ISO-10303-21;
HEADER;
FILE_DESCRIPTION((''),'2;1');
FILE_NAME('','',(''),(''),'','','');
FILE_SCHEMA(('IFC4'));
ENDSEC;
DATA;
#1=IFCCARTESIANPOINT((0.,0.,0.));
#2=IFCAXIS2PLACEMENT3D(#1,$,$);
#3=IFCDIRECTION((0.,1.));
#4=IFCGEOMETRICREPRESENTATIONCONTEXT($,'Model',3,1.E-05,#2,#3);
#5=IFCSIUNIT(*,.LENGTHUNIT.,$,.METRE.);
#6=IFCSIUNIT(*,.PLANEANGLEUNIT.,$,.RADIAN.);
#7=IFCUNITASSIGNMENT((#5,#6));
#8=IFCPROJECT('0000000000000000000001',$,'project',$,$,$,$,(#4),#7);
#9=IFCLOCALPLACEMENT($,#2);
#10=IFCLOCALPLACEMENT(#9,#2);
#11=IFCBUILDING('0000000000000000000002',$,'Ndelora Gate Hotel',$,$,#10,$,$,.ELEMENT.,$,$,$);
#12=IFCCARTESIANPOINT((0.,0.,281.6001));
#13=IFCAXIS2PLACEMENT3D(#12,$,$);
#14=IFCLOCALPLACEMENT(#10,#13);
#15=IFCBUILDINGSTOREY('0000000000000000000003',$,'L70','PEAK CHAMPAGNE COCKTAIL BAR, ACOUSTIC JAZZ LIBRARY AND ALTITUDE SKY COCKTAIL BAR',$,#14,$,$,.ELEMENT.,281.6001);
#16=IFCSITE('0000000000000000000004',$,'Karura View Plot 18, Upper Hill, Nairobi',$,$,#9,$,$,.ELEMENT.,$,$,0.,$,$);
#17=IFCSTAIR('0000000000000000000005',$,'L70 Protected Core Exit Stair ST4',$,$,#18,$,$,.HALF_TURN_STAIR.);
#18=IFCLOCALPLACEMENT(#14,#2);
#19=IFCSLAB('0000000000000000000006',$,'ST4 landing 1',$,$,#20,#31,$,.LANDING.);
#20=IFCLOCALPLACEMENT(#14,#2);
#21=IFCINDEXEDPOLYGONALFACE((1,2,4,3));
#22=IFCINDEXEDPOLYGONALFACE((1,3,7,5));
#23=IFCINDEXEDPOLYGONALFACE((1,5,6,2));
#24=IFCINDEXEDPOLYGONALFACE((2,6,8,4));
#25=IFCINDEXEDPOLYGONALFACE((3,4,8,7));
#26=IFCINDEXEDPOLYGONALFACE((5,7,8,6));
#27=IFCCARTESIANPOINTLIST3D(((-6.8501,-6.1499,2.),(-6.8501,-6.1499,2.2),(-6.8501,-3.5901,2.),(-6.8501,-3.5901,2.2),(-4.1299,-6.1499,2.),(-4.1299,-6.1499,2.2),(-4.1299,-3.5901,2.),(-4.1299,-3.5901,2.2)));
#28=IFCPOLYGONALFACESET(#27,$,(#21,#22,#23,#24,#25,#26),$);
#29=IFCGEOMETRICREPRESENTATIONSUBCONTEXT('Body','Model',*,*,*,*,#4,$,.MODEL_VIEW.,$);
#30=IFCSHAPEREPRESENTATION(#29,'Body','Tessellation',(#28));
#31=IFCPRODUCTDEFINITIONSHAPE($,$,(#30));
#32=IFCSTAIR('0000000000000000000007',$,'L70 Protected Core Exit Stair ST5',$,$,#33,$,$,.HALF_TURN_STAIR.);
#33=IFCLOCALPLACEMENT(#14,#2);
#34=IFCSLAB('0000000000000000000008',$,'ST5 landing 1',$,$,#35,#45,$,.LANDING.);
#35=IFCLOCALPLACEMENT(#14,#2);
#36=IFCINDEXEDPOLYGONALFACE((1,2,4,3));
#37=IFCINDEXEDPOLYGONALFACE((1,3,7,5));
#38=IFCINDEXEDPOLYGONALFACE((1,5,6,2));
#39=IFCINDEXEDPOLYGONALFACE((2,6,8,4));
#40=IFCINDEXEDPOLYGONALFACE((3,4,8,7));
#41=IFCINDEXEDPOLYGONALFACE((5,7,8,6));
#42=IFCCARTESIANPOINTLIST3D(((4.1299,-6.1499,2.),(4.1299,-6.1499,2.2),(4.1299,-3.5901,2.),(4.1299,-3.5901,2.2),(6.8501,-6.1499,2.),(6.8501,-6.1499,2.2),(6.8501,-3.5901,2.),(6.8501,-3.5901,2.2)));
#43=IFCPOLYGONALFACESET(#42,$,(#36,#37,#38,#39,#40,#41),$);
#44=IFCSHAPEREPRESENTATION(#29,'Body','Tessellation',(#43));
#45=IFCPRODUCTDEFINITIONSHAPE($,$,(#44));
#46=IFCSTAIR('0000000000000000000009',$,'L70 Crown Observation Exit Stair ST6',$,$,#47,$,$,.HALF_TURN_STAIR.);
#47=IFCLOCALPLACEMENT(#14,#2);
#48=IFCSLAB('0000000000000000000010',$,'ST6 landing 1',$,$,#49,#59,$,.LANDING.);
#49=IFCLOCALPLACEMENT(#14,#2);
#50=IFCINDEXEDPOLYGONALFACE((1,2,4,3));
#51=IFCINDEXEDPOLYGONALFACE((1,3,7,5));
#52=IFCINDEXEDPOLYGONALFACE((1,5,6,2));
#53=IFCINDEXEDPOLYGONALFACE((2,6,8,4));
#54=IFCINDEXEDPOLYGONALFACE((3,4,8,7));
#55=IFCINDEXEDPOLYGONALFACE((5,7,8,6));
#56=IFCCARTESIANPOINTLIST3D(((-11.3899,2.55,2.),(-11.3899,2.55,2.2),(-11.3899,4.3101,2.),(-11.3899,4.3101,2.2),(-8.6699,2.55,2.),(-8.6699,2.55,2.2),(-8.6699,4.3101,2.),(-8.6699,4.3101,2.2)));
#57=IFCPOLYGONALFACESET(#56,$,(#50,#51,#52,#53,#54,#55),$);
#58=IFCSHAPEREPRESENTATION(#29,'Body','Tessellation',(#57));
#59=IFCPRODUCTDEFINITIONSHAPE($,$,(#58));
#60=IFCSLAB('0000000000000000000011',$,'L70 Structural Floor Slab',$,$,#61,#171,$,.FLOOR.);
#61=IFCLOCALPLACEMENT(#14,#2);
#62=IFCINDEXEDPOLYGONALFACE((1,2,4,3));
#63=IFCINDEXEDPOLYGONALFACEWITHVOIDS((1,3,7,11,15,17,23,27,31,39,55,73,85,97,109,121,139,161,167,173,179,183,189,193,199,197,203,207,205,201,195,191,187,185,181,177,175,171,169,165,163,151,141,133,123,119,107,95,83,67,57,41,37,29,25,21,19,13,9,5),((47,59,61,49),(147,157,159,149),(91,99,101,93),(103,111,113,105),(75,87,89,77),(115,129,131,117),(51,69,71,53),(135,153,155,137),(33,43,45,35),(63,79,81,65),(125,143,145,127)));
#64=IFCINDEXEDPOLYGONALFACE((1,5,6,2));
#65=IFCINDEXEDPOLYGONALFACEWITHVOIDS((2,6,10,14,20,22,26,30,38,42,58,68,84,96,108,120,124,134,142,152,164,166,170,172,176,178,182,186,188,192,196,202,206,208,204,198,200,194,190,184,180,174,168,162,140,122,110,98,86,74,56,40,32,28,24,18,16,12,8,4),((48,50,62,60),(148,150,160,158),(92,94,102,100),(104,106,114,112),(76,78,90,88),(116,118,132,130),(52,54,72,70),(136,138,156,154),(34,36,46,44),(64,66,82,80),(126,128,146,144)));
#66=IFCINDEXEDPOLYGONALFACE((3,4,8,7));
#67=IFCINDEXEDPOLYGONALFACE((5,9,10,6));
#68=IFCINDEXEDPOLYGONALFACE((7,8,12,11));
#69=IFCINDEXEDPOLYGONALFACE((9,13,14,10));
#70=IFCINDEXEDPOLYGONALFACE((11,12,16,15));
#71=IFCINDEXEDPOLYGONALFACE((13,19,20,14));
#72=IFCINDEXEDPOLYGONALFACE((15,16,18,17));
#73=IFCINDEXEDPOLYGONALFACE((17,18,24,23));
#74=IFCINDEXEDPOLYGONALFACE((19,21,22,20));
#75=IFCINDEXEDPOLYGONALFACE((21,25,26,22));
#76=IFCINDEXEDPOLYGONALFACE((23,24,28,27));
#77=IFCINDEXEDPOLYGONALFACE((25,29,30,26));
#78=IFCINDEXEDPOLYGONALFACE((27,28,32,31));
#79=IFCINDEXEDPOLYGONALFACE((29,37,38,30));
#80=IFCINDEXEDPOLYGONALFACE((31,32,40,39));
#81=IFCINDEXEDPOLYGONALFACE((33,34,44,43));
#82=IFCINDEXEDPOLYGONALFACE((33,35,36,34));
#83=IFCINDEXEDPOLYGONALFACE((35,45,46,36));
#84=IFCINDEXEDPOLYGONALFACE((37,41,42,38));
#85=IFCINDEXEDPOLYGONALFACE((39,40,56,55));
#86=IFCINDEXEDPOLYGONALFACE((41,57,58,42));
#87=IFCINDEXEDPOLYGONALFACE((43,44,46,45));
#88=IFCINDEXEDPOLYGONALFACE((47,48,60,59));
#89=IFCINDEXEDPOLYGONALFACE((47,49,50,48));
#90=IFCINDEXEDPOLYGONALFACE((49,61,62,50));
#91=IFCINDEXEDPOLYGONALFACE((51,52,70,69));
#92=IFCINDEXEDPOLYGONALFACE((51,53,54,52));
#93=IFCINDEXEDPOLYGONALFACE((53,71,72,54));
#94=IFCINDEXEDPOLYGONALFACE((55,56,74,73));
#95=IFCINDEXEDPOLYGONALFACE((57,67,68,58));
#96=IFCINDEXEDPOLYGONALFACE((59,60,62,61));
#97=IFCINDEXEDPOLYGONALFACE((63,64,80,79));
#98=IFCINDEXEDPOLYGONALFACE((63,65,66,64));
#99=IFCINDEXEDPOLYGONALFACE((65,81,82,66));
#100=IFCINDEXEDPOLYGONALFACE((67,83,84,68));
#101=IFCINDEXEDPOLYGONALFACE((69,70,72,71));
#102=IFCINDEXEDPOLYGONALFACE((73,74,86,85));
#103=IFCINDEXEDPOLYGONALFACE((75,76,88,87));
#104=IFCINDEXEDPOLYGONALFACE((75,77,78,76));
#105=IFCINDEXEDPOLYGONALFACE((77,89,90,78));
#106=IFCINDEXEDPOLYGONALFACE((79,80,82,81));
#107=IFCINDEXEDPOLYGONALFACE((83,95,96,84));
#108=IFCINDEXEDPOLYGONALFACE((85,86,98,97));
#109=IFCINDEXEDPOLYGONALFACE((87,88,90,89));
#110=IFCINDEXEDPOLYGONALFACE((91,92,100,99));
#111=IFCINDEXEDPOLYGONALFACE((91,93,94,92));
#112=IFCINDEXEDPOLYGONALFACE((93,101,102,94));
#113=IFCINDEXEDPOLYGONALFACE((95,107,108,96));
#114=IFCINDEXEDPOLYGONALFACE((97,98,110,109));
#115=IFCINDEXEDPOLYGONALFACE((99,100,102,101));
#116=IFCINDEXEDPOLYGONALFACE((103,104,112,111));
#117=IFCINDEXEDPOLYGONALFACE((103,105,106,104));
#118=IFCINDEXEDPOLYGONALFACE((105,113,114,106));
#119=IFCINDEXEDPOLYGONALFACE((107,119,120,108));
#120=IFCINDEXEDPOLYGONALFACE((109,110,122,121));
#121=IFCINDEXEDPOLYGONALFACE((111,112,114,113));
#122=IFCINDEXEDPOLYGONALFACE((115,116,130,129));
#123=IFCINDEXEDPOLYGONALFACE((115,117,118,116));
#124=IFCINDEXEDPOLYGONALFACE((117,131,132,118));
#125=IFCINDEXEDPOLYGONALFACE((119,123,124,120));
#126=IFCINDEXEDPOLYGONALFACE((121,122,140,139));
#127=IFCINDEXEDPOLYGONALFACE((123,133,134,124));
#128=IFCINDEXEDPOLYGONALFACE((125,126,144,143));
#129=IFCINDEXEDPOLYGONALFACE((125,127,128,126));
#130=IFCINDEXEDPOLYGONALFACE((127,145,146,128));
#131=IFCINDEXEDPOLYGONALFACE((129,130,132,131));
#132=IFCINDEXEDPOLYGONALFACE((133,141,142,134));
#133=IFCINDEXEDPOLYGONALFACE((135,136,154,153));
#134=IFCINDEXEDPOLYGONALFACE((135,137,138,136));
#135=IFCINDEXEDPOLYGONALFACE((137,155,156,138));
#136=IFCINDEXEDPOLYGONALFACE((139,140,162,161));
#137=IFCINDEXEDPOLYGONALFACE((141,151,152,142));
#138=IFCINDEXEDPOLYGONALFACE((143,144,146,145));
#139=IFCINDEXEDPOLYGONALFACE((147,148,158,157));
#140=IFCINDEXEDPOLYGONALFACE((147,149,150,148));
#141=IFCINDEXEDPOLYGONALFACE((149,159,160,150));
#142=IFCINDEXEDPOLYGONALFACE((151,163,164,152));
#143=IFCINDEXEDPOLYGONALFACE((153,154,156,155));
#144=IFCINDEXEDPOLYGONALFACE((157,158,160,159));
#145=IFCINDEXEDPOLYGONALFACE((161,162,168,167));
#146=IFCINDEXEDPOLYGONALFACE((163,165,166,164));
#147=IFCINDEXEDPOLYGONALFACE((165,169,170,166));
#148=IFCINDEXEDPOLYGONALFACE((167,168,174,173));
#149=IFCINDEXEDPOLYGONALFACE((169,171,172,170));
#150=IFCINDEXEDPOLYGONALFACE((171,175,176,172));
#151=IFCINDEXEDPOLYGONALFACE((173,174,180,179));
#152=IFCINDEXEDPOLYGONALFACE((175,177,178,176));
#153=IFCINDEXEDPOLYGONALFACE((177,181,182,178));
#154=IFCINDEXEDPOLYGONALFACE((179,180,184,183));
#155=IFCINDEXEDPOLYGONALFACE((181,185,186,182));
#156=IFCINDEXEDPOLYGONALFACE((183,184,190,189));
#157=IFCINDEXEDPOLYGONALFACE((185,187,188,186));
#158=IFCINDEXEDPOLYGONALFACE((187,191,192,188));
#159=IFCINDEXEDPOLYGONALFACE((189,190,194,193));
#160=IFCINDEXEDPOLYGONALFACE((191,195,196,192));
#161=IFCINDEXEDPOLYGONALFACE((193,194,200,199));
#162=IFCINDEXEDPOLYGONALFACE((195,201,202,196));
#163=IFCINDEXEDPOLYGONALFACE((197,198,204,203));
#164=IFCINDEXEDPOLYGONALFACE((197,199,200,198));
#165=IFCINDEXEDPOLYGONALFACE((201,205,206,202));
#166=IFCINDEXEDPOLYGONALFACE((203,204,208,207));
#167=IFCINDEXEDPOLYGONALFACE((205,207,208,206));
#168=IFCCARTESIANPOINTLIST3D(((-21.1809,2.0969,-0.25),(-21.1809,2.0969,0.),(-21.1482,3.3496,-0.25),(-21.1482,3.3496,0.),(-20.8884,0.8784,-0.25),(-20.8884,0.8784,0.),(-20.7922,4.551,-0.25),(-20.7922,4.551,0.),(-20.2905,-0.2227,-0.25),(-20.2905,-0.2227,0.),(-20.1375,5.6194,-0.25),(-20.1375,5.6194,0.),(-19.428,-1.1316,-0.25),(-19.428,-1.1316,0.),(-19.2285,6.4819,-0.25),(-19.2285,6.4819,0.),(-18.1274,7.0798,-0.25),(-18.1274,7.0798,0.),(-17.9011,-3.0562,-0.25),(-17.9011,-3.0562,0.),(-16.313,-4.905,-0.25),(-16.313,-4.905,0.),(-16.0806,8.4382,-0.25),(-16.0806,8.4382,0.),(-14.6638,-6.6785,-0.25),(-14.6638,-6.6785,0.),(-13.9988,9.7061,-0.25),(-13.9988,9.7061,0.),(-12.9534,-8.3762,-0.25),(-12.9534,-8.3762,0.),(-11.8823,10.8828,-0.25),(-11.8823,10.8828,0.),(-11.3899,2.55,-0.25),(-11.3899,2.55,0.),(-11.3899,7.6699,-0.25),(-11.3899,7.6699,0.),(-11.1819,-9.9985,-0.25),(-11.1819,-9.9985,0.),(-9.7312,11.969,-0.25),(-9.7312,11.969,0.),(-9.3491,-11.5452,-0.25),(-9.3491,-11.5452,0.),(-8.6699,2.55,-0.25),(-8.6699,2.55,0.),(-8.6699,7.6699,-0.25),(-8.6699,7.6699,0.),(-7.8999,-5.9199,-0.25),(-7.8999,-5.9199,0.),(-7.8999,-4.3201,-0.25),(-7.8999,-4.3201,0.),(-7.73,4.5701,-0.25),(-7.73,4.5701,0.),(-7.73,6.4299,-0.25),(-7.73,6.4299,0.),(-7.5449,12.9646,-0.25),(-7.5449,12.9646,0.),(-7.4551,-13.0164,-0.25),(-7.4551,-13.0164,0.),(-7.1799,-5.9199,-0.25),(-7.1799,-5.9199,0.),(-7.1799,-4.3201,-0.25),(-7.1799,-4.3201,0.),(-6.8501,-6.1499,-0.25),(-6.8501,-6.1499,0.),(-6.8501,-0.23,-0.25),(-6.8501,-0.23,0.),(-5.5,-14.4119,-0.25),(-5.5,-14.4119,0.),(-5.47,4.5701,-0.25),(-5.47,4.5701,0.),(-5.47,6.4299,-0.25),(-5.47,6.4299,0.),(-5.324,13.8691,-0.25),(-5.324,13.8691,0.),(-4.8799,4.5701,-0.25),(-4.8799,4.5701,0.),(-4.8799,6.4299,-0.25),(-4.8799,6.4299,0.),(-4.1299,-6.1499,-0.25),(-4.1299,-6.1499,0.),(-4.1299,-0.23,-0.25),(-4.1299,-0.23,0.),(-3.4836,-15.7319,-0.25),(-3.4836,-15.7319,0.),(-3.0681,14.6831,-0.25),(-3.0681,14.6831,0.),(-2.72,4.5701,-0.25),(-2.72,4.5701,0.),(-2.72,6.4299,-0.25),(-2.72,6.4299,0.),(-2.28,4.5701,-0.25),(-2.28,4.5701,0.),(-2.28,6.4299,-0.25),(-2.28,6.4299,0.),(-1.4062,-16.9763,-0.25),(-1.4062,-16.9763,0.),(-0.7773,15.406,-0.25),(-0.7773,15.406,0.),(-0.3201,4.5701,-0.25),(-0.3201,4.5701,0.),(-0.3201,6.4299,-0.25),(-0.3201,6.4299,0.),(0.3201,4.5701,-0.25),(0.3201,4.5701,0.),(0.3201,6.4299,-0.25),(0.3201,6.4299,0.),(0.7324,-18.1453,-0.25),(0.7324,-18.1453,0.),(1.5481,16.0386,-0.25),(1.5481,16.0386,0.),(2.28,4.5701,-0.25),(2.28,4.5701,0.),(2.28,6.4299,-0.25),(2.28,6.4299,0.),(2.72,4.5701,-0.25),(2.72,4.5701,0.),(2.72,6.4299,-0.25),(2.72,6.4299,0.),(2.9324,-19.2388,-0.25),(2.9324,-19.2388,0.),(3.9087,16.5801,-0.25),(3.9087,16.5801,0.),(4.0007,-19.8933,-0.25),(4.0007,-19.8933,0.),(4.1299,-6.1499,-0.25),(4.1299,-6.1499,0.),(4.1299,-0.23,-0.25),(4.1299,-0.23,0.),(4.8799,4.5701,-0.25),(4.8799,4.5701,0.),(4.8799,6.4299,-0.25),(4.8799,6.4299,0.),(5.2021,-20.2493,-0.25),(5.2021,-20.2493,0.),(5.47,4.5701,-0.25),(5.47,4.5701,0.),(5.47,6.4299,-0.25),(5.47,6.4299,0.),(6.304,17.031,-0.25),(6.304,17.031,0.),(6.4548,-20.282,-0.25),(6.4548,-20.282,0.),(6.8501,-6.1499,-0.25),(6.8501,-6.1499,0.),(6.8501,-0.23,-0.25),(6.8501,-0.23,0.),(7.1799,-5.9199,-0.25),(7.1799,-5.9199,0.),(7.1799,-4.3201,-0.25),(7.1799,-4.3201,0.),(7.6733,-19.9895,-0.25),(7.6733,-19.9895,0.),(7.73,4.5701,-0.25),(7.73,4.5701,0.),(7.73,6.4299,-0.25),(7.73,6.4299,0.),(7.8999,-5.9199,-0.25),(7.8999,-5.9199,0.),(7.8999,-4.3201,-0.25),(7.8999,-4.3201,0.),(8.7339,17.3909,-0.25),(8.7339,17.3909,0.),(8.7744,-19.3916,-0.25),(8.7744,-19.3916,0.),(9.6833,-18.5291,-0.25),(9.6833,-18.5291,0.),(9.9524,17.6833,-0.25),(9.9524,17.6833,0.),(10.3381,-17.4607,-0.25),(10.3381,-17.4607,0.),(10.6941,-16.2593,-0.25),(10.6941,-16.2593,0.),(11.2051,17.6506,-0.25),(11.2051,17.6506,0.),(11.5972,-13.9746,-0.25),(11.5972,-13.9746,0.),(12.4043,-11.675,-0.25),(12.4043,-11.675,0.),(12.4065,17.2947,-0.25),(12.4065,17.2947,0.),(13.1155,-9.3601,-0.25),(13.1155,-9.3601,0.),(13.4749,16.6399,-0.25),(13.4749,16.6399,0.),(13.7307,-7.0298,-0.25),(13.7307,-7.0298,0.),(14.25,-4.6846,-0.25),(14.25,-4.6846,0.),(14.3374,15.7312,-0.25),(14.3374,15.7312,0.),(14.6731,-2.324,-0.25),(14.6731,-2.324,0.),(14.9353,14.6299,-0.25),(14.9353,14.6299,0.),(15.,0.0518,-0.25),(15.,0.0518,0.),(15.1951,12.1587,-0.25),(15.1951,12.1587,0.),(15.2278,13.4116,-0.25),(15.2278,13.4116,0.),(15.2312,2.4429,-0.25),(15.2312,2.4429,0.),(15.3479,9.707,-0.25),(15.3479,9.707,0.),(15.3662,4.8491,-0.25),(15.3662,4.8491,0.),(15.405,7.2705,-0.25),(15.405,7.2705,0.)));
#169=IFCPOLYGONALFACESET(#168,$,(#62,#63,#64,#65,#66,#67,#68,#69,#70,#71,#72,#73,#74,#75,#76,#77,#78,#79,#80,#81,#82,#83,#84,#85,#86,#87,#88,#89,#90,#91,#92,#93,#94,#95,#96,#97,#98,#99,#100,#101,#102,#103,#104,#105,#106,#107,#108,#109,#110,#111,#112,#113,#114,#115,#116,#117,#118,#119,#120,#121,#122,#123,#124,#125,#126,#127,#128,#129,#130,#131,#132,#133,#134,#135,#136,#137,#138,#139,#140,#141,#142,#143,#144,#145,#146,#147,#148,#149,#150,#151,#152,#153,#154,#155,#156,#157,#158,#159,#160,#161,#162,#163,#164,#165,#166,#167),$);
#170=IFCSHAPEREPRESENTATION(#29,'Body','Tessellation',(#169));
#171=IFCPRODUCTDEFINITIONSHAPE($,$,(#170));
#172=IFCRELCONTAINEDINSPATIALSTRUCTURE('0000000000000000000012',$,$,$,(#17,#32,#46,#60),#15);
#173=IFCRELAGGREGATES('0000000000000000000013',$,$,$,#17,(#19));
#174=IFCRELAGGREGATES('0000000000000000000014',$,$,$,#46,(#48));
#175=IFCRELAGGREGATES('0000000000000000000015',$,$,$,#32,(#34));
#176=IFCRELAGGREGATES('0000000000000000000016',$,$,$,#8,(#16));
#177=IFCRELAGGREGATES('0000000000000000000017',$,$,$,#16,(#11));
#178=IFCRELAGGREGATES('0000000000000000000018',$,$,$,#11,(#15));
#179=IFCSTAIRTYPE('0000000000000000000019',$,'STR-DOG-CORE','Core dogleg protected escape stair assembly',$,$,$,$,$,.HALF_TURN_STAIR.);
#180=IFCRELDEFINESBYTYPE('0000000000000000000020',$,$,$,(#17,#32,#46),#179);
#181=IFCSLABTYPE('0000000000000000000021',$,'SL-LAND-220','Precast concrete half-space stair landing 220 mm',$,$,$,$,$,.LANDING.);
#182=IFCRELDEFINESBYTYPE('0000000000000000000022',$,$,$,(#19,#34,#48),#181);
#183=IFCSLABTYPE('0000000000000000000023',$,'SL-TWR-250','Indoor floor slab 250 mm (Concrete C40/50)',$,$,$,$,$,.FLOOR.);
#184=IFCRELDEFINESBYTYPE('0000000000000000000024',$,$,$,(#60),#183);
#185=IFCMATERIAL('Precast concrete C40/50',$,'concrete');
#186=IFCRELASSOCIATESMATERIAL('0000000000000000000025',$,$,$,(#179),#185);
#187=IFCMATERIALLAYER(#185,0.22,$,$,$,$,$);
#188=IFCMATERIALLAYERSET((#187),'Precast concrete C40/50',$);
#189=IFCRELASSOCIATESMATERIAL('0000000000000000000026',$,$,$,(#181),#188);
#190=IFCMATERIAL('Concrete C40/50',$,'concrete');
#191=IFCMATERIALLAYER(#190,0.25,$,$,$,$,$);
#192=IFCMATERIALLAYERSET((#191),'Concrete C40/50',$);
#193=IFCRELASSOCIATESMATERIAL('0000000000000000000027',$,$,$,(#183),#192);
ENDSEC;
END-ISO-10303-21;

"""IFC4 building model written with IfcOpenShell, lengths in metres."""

from ifc_helpers import new_model, si_unit, direction, frame, origin, place, context, subcontext, project, spatial, polyline, outline, extrude, material, layer, layer_set, type_object, element, aggregate, save


model = new_model("IFC4")

# Units and contexts
model_context = context("Model", 3, precision=1e-05, world=origin(), true_north=direction((0.0, 1.0)))
body_context = subcontext(model_context, "Body", "Model", "MODEL_VIEW")
ifc_project = project(units=[si_unit("LENGTHUNIT", "METRE"), si_unit("PLANEANGLEUNIT", "RADIAN")], contexts=[model_context])

# Site, building, storey
site_placement = place(None, origin())
site = spatial("IfcSite", under=ifc_project, at=site_placement, Name="Karura View Plot 18, Upper Hill, Nairobi", CompositionType="ELEMENT", RefElevation=0.0)
building_placement = place(site_placement, origin())
building = spatial("IfcBuilding", under=site, at=building_placement, Name="Ndelora Gate Hotel", CompositionType="ELEMENT")
storey_placement = place(building_placement, frame((0.0, 0.0, 281.6001)))
storey = spatial("IfcBuildingStorey", under=building, at=storey_placement, Name="L70", Description="PEAK CHAMPAGNE COCKTAIL BAR, ACOUSTIC JAZZ LIBRARY AND ALTITUDE SKY COCKTAIL BAR", CompositionType="ELEMENT", Elevation=281.6001)

# Stairs, slabs
ifc_material_1 = material(Name="Precast concrete C40/50", Category="concrete")
stair_type = type_object("IfcStairType", Name="STR-DOG-CORE", Description="Core dogleg protected escape stair assembly", PredefinedType="HALF_TURN_STAIR", material=ifc_material_1)
stair_1_placement = place(storey_placement, origin())
stair_1 = element("IfcStair", 1, at=stair_1_placement, inside=storey, type_object=stair_type, Name="L70 Protected Core Exit Stair ST4", PredefinedType="HALF_TURN_STAIR")
ifc_layer_1 = layer(ifc_material_1, 0.22)
ifc_layer_set_1 = layer_set([ifc_layer_1], Name="Precast concrete C40/50")
slab_type_1 = type_object("IfcSlabType", Name="SL-LAND-220", Description="Precast concrete half-space stair landing 220 mm", PredefinedType="LANDING", material=ifc_layer_set_1)
slab_1_placement = place(storey_placement, frame((0.0, 0.0, 2.0)))
slab_1 = element("IfcSlab", 2, at=slab_1_placement, type_object=slab_type_1, Name="ST4 landing 1", PredefinedType="LANDING", context=body_context, shape_type="SweptSolid", body=[
    extrude(outline(polyline([(-6.8501, -3.5901), (-6.8501, -6.1499), (-4.1299, -6.1499), (-4.1299, -3.5901), (-6.8501, -3.5901)])), origin(), (0.0, 0.0, 1.0), 0.2),
])
aggregate(stair_1, [slab_1])
stair_2_placement = place(storey_placement, origin())
stair_2 = element("IfcStair", 3, at=stair_2_placement, inside=storey, type_object=stair_type, Name="L70 Protected Core Exit Stair ST5", PredefinedType="HALF_TURN_STAIR")
slab_2_placement = place(storey_placement, frame((0.0, 0.0, 2.0)))
slab_2 = element("IfcSlab", 4, at=slab_2_placement, type_object=slab_type_1, Name="ST5 landing 1", PredefinedType="LANDING", context=body_context, shape_type="SweptSolid", body=[
    extrude(outline(polyline([(4.1299, -3.5901), (4.1299, -6.1499), (6.8501, -6.1499), (6.8501, -3.5901), (4.1299, -3.5901)])), origin(), (0.0, 0.0, 1.0), 0.2),
])
stair_3_placement = place(storey_placement, origin())
stair_3 = element("IfcStair", 5, at=stair_3_placement, inside=storey, type_object=stair_type, Name="L70 Crown Observation Exit Stair ST6", PredefinedType="HALF_TURN_STAIR")
slab_3_placement = place(storey_placement, frame((0.0, 0.0, 2.0)))
slab_3 = element("IfcSlab", 6, at=slab_3_placement, type_object=slab_type_1, Name="ST6 landing 1", PredefinedType="LANDING", context=body_context, shape_type="SweptSolid", body=[
    extrude(outline(polyline([(-11.3899, 4.3101), (-11.3899, 2.55), (-8.6699, 2.55), (-8.6699, 4.3101), (-11.3899, 4.3101)])), origin(), (0.0, 0.0, 1.0), 0.2),
])
aggregate(stair_3, [slab_3])

# Slab
ifc_material_2 = material(Name="Concrete C40/50", Category="concrete")
ifc_layer_2 = layer(ifc_material_2, 0.25)
ifc_layer_set_2 = layer_set([ifc_layer_2], Name="Concrete C40/50")
slab_type_2 = type_object("IfcSlabType", Name="SL-TWR-250", Description="Indoor floor slab 250 mm (Concrete C40/50)", PredefinedType="FLOOR", material=ifc_layer_set_2)
slab_4_placement = place(storey_placement, frame((0.0, 0.0, -0.25)))
element("IfcSlab", 7, at=slab_4_placement, inside=storey, type_object=slab_type_2, Name="L70 Structural Floor Slab", PredefinedType="FLOOR", context=body_context, shape_type="SweptSolid", body=[
    extrude(outline(polyline([(-18.1274, 7.0798), (-19.2285, 6.4819), (-20.1375, 5.6194), (-20.7922, 4.551), (-21.1482, 3.3496), (-21.1809, 2.0969), (-20.8884, 0.8784), (-20.2905, -0.2227), (-19.428, -1.1316), (-17.9011, -3.0562), (-16.313, -4.905), (-14.6638, -6.6785), (-12.9534, -8.3762), (-11.1819, -9.9985), (-9.3491, -11.5452), (-7.4551, -13.0164), (-5.5, -14.4119), (-3.4836, -15.7319), (-1.4062, -16.9763), (0.7324, -18.1453), (2.9324, -19.2388), (4.0007, -19.8933), (5.2021, -20.2493), (6.4548, -20.282), (7.6733, -19.9895), (8.7744, -19.3916), (9.6833, -18.5291), (10.3381, -17.4607), (10.6941, -16.2593), (11.5972, -13.9746), (12.4043, -11.675), (13.1155, -9.3601), (13.7307, -7.0298), (14.25, -4.6846), (14.6731, -2.324), (15.0, 0.0518), (15.2312, 2.4429), (15.3662, 4.8491), (15.405, 7.2705), (15.3479, 9.707), (15.1951, 12.1587), (15.2278, 13.4116), (14.9353, 14.6299), (14.3374, 15.7312), (13.4749, 16.6399), (12.4065, 17.2947), (11.2051, 17.6506), (9.9524, 17.6833), (8.7339, 17.3909), (6.304, 17.031), (3.9087, 16.5801), (1.5481, 16.0386), (-0.7773, 15.406), (-3.0681, 14.6831), (-5.324, 13.8691), (-7.5449, 12.9646), (-9.7312, 11.969), (-11.8823, 10.8828), (-13.9988, 9.7061), (-16.0806, 8.4382), (-18.1274, 7.0798)]), holes=[polyline([(-6.8501, -0.23), (-6.8501, -6.1499), (-4.1299, -6.1499), (-4.1299, -0.23), (-6.8501, -0.23)]), polyline([(4.1299, -0.23), (4.1299, -6.1499), (6.8501, -6.1499), (6.8501, -0.23), (4.1299, -0.23)]), polyline([(-11.3899, 7.6699), (-11.3899, 2.55), (-8.6699, 2.55), (-8.6699, 7.6699), (-11.3899, 7.6699)]), polyline([(-7.73, 4.5701), (-5.47, 4.5701), (-5.47, 6.4299), (-7.73, 6.4299), (-7.73, 4.5701)]), polyline([(5.47, 4.5701), (7.73, 4.5701), (7.73, 6.4299), (5.47, 6.4299), (5.47, 4.5701)]), polyline([(-4.8799, 4.5701), (-2.72, 4.5701), (-2.72, 6.4299), (-4.8799, 6.4299), (-4.8799, 4.5701)]), polyline([(2.72, 4.5701), (4.8799, 4.5701), (4.8799, 6.4299), (2.72, 6.4299), (2.72, 4.5701)]), polyline([(-2.28, 4.5701), (-0.3201, 4.5701), (-0.3201, 6.4299), (-2.28, 6.4299), (-2.28, 4.5701)]), polyline([(0.3201, 4.5701), (2.28, 4.5701), (2.28, 6.4299), (0.3201, 6.4299), (0.3201, 4.5701)]), polyline([(-7.8999, -5.9199), (-7.1799, -5.9199), (-7.1799, -4.3201), (-7.8999, -4.3201), (-7.8999, -5.9199)]), polyline([(7.1799, -5.9199), (7.8999, -5.9199), (7.8999, -4.3201), (7.1799, -4.3201), (7.1799, -5.9199)])]), origin(), (0.0, 0.0, 1.0), 0.25),
])

aggregate(stair_2, [slab_2])

save(model, "model.ifc")
